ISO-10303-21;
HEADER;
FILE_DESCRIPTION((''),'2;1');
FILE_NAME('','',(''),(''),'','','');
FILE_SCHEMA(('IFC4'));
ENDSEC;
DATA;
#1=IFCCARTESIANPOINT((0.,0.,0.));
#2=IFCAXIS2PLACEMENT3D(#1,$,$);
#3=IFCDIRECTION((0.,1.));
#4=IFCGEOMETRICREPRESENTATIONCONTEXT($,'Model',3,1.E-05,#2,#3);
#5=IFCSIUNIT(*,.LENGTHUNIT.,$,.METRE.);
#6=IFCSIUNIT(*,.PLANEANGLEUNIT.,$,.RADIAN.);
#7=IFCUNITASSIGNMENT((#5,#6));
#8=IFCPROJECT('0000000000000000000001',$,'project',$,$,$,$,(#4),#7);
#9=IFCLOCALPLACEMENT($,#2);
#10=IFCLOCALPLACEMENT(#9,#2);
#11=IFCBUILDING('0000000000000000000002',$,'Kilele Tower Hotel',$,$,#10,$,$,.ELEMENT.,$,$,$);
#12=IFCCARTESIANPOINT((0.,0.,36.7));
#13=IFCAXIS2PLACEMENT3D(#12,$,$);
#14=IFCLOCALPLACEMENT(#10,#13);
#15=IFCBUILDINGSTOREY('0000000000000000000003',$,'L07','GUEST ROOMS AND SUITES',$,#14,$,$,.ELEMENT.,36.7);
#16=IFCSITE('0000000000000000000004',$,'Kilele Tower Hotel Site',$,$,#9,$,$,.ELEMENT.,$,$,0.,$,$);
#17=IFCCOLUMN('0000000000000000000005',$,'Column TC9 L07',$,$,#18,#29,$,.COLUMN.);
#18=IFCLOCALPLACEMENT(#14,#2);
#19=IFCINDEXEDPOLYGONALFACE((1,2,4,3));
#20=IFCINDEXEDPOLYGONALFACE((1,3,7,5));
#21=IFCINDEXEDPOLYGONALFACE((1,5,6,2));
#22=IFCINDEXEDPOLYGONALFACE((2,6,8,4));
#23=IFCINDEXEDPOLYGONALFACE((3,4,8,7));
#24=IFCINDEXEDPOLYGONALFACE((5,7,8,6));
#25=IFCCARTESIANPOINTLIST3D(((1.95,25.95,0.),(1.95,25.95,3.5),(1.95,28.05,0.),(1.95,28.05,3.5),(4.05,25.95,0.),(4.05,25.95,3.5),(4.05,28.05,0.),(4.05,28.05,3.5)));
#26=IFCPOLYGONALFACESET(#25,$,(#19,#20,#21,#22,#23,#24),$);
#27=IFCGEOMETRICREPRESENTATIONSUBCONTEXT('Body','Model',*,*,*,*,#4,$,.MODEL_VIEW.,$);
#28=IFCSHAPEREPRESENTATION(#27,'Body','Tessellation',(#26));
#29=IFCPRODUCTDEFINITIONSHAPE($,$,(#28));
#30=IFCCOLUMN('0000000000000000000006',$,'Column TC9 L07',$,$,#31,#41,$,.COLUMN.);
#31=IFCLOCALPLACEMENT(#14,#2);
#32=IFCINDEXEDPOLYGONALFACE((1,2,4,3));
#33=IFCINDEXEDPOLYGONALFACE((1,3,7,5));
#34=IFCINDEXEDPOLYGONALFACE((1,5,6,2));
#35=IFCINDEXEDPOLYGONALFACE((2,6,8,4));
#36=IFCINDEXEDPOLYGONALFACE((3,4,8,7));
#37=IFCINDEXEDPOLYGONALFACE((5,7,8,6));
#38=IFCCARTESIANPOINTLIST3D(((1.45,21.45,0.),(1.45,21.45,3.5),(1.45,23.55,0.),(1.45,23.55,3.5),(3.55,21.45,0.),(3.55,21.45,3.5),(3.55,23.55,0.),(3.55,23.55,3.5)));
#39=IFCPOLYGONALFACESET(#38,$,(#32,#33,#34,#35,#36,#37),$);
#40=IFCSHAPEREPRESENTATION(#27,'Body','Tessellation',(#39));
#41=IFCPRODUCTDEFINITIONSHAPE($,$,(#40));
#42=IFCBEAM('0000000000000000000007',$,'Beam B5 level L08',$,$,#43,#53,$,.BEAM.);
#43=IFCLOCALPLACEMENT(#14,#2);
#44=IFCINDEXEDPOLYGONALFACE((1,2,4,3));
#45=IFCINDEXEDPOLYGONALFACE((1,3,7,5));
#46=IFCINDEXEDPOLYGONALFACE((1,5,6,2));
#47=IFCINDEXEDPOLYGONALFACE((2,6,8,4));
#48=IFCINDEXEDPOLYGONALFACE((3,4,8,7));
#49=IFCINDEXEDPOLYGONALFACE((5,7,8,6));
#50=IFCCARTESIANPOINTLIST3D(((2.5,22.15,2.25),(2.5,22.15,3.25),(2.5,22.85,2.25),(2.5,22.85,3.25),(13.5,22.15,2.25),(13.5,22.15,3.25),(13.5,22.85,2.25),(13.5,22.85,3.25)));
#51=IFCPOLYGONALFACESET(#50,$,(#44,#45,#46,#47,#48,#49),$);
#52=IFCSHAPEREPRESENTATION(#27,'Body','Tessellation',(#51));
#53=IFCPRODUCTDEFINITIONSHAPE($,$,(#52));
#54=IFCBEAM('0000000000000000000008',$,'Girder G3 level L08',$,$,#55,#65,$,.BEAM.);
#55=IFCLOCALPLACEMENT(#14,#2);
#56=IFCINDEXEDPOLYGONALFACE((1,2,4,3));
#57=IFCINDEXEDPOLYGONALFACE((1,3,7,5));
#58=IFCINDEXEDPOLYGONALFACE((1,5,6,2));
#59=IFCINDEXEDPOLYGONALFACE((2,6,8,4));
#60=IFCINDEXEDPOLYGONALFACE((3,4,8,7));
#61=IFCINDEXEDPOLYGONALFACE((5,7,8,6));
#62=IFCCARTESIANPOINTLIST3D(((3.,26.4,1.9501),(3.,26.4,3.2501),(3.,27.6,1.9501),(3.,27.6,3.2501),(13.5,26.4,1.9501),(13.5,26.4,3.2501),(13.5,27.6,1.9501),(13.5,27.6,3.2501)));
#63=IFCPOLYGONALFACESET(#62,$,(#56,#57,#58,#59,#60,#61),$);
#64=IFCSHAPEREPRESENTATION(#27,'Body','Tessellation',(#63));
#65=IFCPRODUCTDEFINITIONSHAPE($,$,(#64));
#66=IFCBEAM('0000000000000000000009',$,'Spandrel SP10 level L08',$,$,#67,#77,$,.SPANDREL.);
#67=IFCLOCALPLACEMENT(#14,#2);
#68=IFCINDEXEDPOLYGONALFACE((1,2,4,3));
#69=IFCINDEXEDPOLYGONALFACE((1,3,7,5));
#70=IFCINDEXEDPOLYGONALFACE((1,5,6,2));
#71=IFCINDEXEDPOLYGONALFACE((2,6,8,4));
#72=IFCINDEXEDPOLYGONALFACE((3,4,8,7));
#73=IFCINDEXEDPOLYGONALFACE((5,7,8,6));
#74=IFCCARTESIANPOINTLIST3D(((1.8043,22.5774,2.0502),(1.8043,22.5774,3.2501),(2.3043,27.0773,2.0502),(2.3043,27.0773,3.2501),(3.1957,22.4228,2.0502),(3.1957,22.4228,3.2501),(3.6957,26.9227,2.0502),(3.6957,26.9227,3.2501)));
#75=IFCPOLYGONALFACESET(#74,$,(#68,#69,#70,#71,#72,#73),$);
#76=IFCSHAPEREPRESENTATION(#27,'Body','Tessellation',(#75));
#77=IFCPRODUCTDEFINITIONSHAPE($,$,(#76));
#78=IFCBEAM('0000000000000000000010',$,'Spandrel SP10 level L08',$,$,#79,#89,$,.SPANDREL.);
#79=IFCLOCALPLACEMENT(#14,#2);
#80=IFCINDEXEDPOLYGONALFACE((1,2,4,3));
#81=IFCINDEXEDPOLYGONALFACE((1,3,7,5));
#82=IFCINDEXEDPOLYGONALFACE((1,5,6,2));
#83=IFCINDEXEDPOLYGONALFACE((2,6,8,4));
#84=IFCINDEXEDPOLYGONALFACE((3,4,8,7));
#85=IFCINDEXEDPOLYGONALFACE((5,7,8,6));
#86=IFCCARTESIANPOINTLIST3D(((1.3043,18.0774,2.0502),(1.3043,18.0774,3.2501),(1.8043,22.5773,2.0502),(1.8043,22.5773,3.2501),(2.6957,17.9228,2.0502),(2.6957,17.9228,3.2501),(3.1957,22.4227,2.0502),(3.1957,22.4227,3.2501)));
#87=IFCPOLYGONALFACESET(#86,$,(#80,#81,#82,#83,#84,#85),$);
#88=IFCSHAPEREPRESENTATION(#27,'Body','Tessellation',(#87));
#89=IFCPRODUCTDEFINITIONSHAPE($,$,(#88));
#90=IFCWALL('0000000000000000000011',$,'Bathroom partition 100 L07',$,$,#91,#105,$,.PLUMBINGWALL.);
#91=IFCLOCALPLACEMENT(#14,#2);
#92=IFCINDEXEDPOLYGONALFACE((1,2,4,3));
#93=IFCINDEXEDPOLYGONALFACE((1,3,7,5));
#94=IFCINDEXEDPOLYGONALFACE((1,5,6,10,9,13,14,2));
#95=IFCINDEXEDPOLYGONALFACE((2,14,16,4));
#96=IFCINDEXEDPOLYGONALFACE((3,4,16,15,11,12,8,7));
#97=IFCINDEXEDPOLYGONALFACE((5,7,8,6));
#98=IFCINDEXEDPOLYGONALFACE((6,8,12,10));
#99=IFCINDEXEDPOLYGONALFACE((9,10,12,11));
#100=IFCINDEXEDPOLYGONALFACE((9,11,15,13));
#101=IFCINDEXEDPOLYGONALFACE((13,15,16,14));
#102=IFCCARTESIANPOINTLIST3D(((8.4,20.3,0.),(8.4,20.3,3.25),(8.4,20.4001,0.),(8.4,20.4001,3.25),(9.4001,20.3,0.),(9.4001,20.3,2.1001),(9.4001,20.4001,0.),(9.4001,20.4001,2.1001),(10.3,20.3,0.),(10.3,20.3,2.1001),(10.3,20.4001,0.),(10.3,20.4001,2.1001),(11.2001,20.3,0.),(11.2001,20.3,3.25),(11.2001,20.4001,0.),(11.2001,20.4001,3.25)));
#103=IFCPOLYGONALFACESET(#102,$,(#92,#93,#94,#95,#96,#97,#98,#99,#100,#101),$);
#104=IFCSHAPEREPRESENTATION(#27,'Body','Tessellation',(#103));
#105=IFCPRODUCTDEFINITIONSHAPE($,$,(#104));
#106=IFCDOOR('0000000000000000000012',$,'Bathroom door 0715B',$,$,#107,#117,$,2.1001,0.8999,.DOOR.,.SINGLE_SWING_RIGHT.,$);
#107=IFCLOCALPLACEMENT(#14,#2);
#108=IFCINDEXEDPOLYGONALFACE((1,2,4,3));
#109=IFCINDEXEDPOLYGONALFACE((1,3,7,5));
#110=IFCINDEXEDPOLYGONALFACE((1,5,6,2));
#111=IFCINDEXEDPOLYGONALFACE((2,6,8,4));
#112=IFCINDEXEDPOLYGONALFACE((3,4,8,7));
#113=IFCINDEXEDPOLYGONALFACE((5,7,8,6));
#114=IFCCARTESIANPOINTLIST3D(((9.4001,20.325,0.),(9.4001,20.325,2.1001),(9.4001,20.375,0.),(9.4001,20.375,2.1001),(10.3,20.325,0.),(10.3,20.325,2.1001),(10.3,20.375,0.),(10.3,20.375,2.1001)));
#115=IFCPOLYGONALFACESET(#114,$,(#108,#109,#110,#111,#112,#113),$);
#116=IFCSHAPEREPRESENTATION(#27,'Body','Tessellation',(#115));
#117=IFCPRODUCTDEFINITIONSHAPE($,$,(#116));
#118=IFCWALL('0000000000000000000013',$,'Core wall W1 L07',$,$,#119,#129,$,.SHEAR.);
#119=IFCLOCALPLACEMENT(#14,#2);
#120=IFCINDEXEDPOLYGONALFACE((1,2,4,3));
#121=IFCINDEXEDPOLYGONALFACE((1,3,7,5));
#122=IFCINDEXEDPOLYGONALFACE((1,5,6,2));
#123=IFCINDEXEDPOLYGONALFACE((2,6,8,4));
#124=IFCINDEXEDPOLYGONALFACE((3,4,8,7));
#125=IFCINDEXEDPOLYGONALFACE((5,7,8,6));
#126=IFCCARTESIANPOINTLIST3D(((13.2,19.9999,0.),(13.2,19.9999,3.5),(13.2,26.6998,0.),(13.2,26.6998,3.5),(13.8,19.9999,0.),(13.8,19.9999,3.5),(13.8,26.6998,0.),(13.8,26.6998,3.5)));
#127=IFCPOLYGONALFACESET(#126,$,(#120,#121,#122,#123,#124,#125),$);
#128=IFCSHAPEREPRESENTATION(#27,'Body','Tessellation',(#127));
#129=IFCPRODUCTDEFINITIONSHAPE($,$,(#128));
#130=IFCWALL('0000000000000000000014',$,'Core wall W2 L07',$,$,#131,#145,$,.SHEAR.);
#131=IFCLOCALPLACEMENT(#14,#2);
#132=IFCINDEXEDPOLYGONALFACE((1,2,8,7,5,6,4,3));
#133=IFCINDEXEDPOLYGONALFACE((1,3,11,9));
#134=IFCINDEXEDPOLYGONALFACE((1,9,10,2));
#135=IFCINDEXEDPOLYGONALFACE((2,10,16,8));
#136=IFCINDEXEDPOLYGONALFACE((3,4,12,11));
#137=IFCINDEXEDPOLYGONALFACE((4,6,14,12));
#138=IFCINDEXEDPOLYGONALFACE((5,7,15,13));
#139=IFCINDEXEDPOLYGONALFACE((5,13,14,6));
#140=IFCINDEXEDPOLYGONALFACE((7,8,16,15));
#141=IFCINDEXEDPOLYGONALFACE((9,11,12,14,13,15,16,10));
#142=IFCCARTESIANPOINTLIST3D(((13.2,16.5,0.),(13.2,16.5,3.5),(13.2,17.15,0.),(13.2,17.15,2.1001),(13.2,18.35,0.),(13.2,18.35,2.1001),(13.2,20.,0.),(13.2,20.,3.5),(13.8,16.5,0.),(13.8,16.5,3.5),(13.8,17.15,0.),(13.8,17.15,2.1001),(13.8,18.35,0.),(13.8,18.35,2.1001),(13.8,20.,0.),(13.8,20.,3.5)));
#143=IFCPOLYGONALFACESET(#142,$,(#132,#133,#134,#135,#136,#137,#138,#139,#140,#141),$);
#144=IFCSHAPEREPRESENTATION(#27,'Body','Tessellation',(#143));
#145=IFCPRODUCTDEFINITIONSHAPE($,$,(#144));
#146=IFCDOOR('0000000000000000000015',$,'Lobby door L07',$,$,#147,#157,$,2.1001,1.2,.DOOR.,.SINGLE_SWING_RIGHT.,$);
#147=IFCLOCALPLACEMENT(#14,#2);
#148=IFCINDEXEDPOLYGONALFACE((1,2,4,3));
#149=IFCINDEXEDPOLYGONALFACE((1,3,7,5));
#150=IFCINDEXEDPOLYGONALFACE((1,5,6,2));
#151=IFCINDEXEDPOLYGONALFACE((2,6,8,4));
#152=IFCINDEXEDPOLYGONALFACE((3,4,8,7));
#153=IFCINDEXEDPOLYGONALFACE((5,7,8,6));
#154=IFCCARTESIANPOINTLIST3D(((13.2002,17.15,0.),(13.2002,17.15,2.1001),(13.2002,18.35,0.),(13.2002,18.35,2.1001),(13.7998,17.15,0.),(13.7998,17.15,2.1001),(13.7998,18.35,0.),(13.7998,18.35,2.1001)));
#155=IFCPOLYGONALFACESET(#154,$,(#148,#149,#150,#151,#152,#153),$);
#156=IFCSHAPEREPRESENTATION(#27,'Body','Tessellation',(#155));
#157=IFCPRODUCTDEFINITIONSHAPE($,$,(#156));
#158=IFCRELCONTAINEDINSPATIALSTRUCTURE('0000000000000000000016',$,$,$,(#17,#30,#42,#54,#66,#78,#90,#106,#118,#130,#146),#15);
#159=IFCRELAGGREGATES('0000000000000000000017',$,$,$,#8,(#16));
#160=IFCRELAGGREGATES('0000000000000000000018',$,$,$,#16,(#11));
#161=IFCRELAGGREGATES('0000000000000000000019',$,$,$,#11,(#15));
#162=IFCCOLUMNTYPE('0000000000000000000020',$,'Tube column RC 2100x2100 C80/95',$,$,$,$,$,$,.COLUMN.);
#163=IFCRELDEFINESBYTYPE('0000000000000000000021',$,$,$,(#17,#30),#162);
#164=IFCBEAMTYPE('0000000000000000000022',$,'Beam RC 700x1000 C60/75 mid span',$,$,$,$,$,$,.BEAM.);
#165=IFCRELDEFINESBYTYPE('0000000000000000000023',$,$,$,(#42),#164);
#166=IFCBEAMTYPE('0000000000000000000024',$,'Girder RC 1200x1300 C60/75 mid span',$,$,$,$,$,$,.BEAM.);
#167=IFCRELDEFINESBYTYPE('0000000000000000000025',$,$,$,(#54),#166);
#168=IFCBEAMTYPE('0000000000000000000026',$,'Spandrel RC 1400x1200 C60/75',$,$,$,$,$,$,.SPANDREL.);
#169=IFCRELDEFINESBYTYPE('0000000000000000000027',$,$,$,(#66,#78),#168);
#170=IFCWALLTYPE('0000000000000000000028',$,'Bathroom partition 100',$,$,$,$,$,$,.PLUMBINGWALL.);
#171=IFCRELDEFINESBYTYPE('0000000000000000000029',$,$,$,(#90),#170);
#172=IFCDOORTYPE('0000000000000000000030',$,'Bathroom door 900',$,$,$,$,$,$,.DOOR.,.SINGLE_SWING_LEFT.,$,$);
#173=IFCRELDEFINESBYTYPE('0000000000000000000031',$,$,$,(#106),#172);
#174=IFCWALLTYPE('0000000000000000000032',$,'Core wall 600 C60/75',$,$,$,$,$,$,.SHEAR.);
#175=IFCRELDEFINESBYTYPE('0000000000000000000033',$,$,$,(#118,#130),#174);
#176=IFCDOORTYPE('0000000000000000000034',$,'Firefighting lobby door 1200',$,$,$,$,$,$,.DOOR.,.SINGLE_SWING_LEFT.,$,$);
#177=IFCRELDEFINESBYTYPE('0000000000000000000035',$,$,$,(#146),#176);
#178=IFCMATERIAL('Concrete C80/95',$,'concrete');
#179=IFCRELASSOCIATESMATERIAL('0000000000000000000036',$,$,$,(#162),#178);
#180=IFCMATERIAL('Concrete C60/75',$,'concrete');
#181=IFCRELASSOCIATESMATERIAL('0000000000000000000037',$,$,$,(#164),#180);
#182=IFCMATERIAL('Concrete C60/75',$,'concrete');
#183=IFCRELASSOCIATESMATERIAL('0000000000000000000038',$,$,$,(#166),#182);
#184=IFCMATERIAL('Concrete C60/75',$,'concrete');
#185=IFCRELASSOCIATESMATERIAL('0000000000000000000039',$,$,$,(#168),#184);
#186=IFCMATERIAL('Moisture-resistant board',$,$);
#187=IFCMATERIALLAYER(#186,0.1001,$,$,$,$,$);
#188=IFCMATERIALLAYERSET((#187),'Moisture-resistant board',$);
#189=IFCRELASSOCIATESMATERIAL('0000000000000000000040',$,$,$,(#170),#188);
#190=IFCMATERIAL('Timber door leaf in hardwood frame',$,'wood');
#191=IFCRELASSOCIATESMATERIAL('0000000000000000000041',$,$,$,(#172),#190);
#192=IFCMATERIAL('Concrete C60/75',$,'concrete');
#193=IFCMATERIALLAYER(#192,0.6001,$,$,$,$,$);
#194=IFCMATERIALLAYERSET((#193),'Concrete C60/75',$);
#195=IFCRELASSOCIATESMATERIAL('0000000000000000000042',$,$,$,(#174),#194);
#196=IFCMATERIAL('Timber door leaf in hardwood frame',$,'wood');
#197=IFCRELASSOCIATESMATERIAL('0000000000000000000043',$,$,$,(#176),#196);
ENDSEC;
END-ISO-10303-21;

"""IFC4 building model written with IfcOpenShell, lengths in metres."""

from ifc_helpers import new_model, si_unit, direction, frame, frame_2d, origin, origin_2d, place, context, subcontext, project, spatial, rectangle, extrude, material, layer, layer_set, material_profile, profile_set, type_object, element, fill, save


model = new_model("IFC4")

# Units and contexts
model_context = context("Model", 3, precision=1e-05, world=origin(), true_north=direction((0.0, 1.0)))
body_context = subcontext(model_context, "Body", "Model", "MODEL_VIEW")
ifc_project = project(units=[si_unit("LENGTHUNIT", "METRE"), si_unit("PLANEANGLEUNIT", "RADIAN")], contexts=[model_context])

# Site, building, storey
site_placement = place(None, origin())
site = spatial("IfcSite", under=ifc_project, at=site_placement, Name="Kilele Tower Hotel Site", CompositionType="ELEMENT", RefElevation=0.0)
building_placement = place(site_placement, origin())
building = spatial("IfcBuilding", under=site, at=building_placement, Name="Kilele Tower Hotel", CompositionType="ELEMENT")
storey_placement = place(building_placement, frame((0.0, 0.0, 36.7)))
storey = spatial("IfcBuildingStorey", under=building, at=storey_placement, Name="L07", Description="GUEST ROOMS AND SUITES", CompositionType="ELEMENT", Elevation=36.7)

# Columns
ifc_material_1 = material(Name="Concrete C80/95", Category="concrete")
ifc_material_profile_1 = material_profile(ifc_material_1, rectangle(XDim=2.1001, YDim=2.1001, at=origin_2d()))
ifc_profile_set_1 = profile_set([ifc_material_profile_1], Name="Concrete C80/95")
column_type = type_object("IfcColumnType", Name="Tube column RC 2100x2100 C80/95", PredefinedType="COLUMN", material=ifc_profile_set_1)
for number, where, z_axis, x_axis, name in (
    (1, (3.0, 27.0, 0.0), (0.0, 0.0, 1.0), (1.0, 0.0, 0.0), "Column TC9 L07"),
    (2, (2.5, 22.5, 0.0), (0.0, 0.0, 1.0), (1.0, 0.0, 0.0), "Column TC9 L07"),
):
    element("IfcColumn", number, at=place(storey_placement, frame(where, z_axis=z_axis, x_axis=x_axis)), inside=storey, type_object=column_type, Name=name, PredefinedType="COLUMN", context=body_context, shape_type="SweptSolid", body=[
        extrude(rectangle(XDim=2.1001, YDim=2.1001, at=origin_2d()), origin(), (0.0, 0.0, 1.0), 3.5),
    ])

# Beams
ifc_material_2 = material(Name="Concrete C60/75", Category="concrete")
ifc_material_profile_2 = material_profile(ifc_material_2, rectangle(XDim=0.7, YDim=1.0, at=origin_2d()))
ifc_profile_set_2 = profile_set([ifc_material_profile_2], Name="Concrete C60/75")
beam_type_1 = type_object("IfcBeamType", Name="Beam RC 700x1000 C60/75 mid span", PredefinedType="BEAM", material=ifc_profile_set_2)
beam_1_placement = place(storey_placement, frame((2.5, 22.5, 2.75), z_axis=(1.0, 0.0, 0.0), x_axis=(0.0, 1.0, 0.0)))
element("IfcBeam", 3, at=beam_1_placement, inside=storey, type_object=beam_type_1, Name="Beam B5 level L08", PredefinedType="BEAM", context=body_context, shape_type="SweptSolid", body=[
    extrude(rectangle(XDim=0.7, YDim=1.0, at=origin_2d()), origin(), (0.0, 0.0, 1.0), 11.0),
])
ifc_material_3 = material(Name="Concrete C60/75", Category="concrete")
ifc_material_profile_3 = material_profile(ifc_material_3, rectangle(XDim=1.2, YDim=1.3, at=origin_2d()))
ifc_profile_set_3 = profile_set([ifc_material_profile_3], Name="Concrete C60/75")
beam_type_2 = type_object("IfcBeamType", Name="Girder RC 1200x1300 C60/75 mid span", PredefinedType="BEAM", material=ifc_profile_set_3)
beam_2_placement = place(storey_placement, frame((3.0, 27.0, 2.6001), z_axis=(1.0, 0.0, 0.0), x_axis=(0.0, 1.0, 0.0)))
element("IfcBeam", 4, at=beam_2_placement, inside=storey, type_object=beam_type_2, Name="Girder G3 level L08", PredefinedType="BEAM", context=body_context, shape_type="SweptSolid", body=[
    extrude(rectangle(XDim=1.2, YDim=1.3, at=origin_2d()), origin(), (0.0, 0.0, 1.0), 10.5),
])
ifc_material_4 = material(Name="Concrete C60/75", Category="concrete")
ifc_material_profile_4 = material_profile(ifc_material_4, rectangle(XDim=1.3999, YDim=1.2, at=origin_2d()))
ifc_profile_set_4 = profile_set([ifc_material_profile_4], Name="Concrete C60/75")
beam_type_3 = type_object("IfcBeamType", Name="Spandrel RC 1400x1200 C60/75", PredefinedType="SPANDREL", material=ifc_profile_set_4)
for number, where, z_axis, x_axis, name in (
    (5, (3.0, 27.0, 2.6501), (-0.110432, -0.993884, 0.0), (0.993884, -0.110432, 0.0), "Spandrel SP10 level L08"),
    (6, (2.5, 22.5, 2.6501), (-0.110432, -0.993884, 0.0), (0.993884, -0.110432, 0.0), "Spandrel SP10 level L08"),
):
    element("IfcBeam", number, at=place(storey_placement, frame(where, z_axis=z_axis, x_axis=x_axis)), inside=storey, type_object=beam_type_3, Name=name, PredefinedType="SPANDREL", context=body_context, shape_type="SweptSolid", body=[
        extrude(rectangle(XDim=1.3999, YDim=1.2, at=origin_2d()), origin(), (0.0, 0.0, 1.0), 4.5276),
    ])

# Wall, opening, door
ifc_material_5 = material(Name="Moisture-resistant board")
ifc_layer_1 = layer(ifc_material_5, 0.1001)
ifc_layer_set_1 = layer_set([ifc_layer_1], Name="Moisture-resistant board")
wall_type_1 = type_object("IfcWallType", Name="Bathroom partition 100", PredefinedType="PLUMBINGWALL", material=ifc_layer_set_1)
wall_1_placement = place(storey_placement, frame((11.2, 20.3501, 0.0), z_axis=(0.0, 0.0, 1.0), x_axis=(-1.0, 0.0, 0.0)))
wall_1 = element("IfcWall", 7, at=wall_1_placement, inside=storey, type_object=wall_type_1, Name="Bathroom partition 100 L07", PredefinedType="PLUMBINGWALL", context=body_context, shape_type="SweptSolid", body=[
    extrude(rectangle(XDim=2.8, YDim=0.1001, at=frame_2d((1.3999, 0.0))), origin(), (0.0, 0.0, 1.0), 3.25),
])
opening_1_placement = place(wall_1_placement, frame((1.7998, 0.0, 0.0), z_axis=(0.0, 0.0, 1.0), x_axis=(-1.0, 0.0, 0.0)))
opening_1 = element("IfcOpeningElement", 8, at=opening_1_placement, cuts=wall_1, PredefinedType="OPENING", context=body_context, shape_type="SweptSolid", body=[
    extrude(rectangle(XDim=0.8999, YDim=2.1001, at=frame_2d((0.45, 1.05))), frame((0.0, 0.0601, 0.0), z_axis=(0.0, -1.0, 0.0), x_axis=(1.0, 0.0, 0.0)), (0.0, 0.0, 1.0), 0.1201),
])
ifc_material_6 = material(Name="Timber door leaf in hardwood frame", Category="wood")
door_type_1 = type_object("IfcDoorType", Name="Bathroom door 900", OperationType="SINGLE_SWING_LEFT", PredefinedType="DOOR", material=ifc_material_6)
door_1_placement = place(opening_1_placement, origin())
door_1 = element("IfcDoor", 9, at=door_1_placement, inside=storey, type_object=door_type_1, Name="Bathroom door 0715B", OperationType="SINGLE_SWING_RIGHT", OverallHeight=2.1001, OverallWidth=0.8999, PredefinedType="DOOR", context=body_context, shape_type="SweptSolid", body=[
    extrude(rectangle(XDim=0.8999, YDim=2.1001, at=frame_2d((0.45, 1.05))), frame((0.0, 0.0249, 0.0), z_axis=(0.0, -1.0, 0.0), x_axis=(1.0, 0.0, 0.0)), (0.0, 0.0, 1.0), 0.05),
])
fill(opening_1, door_1)

# Wall
ifc_material_7 = material(Name="Concrete C60/75", Category="concrete")
ifc_layer_2 = layer(ifc_material_7, 0.6001)
ifc_layer_set_2 = layer_set([ifc_layer_2], Name="Concrete C60/75")
wall_type_2 = type_object("IfcWallType", Name="Core wall 600 C60/75", PredefinedType="SHEAR", material=ifc_layer_set_2)
wall_2_placement = place(storey_placement, frame((13.5, 26.7, 0.0), z_axis=(0.0, 0.0, 1.0), x_axis=(0.0, -1.0, 0.0)))
element("IfcWall", 10, at=wall_2_placement, inside=storey, type_object=wall_type_2, Name="Core wall W1 L07", PredefinedType="SHEAR", context=body_context, shape_type="SweptSolid", body=[
    extrude(rectangle(XDim=6.7, YDim=0.6001, at=frame_2d((3.3501, 0.0))), origin(), (0.0, 0.0, 1.0), 3.5),
])

# Wall, opening, door
wall_3_placement = place(storey_placement, frame((13.5, 20.0, 0.0), z_axis=(0.0, 0.0, 1.0), x_axis=(0.0, -1.0, 0.0)))
wall_3 = element("IfcWall", 11, at=wall_3_placement, inside=storey, type_object=wall_type_2, Name="Core wall W2 L07", PredefinedType="SHEAR", context=body_context, shape_type="SweptSolid", body=[
    extrude(rectangle(XDim=3.5, YDim=0.6001, at=frame_2d((1.75, 0.0))), origin(), (0.0, 0.0, 1.0), 3.5),
])
opening_2_placement = place(wall_3_placement, frame((1.6499, 0.0, 0.0)))
opening_2 = element("IfcOpeningElement", 12, at=opening_2_placement, cuts=wall_3, PredefinedType="OPENING", context=body_context, shape_type="SweptSolid", body=[
    extrude(rectangle(XDim=1.2, YDim=2.1001, at=frame_2d((0.6001, 1.05))), frame((0.0, 0.3101, 0.0), z_axis=(0.0, -1.0, 0.0), x_axis=(1.0, 0.0, 0.0)), (0.0, 0.0, 1.0), 0.6201),
])
ifc_material_8 = material(Name="Timber door leaf in hardwood frame", Category="wood")
door_type_2 = type_object("IfcDoorType", Name="Firefighting lobby door 1200", OperationType="SINGLE_SWING_LEFT", PredefinedType="DOOR", material=ifc_material_8)
door_2_placement = place(opening_2_placement, origin())
door_2 = element("IfcDoor", 13, at=door_2_placement, inside=storey, type_object=door_type_2, Name="Lobby door L07", OperationType="SINGLE_SWING_RIGHT", OverallHeight=2.1001, OverallWidth=1.2, PredefinedType="DOOR", context=body_context, shape_type="SweptSolid", body=[
    extrude(rectangle(XDim=1.2, YDim=2.1001, at=frame_2d((0.6001, 1.05))), frame((0.0, 0.2998, 0.0), z_axis=(0.0, -1.0, 0.0), x_axis=(1.0, 0.0, 0.0)), (0.0, 0.0, 1.0), 0.5996),
])
fill(opening_2, door_2)

save(model, "model.ifc")
